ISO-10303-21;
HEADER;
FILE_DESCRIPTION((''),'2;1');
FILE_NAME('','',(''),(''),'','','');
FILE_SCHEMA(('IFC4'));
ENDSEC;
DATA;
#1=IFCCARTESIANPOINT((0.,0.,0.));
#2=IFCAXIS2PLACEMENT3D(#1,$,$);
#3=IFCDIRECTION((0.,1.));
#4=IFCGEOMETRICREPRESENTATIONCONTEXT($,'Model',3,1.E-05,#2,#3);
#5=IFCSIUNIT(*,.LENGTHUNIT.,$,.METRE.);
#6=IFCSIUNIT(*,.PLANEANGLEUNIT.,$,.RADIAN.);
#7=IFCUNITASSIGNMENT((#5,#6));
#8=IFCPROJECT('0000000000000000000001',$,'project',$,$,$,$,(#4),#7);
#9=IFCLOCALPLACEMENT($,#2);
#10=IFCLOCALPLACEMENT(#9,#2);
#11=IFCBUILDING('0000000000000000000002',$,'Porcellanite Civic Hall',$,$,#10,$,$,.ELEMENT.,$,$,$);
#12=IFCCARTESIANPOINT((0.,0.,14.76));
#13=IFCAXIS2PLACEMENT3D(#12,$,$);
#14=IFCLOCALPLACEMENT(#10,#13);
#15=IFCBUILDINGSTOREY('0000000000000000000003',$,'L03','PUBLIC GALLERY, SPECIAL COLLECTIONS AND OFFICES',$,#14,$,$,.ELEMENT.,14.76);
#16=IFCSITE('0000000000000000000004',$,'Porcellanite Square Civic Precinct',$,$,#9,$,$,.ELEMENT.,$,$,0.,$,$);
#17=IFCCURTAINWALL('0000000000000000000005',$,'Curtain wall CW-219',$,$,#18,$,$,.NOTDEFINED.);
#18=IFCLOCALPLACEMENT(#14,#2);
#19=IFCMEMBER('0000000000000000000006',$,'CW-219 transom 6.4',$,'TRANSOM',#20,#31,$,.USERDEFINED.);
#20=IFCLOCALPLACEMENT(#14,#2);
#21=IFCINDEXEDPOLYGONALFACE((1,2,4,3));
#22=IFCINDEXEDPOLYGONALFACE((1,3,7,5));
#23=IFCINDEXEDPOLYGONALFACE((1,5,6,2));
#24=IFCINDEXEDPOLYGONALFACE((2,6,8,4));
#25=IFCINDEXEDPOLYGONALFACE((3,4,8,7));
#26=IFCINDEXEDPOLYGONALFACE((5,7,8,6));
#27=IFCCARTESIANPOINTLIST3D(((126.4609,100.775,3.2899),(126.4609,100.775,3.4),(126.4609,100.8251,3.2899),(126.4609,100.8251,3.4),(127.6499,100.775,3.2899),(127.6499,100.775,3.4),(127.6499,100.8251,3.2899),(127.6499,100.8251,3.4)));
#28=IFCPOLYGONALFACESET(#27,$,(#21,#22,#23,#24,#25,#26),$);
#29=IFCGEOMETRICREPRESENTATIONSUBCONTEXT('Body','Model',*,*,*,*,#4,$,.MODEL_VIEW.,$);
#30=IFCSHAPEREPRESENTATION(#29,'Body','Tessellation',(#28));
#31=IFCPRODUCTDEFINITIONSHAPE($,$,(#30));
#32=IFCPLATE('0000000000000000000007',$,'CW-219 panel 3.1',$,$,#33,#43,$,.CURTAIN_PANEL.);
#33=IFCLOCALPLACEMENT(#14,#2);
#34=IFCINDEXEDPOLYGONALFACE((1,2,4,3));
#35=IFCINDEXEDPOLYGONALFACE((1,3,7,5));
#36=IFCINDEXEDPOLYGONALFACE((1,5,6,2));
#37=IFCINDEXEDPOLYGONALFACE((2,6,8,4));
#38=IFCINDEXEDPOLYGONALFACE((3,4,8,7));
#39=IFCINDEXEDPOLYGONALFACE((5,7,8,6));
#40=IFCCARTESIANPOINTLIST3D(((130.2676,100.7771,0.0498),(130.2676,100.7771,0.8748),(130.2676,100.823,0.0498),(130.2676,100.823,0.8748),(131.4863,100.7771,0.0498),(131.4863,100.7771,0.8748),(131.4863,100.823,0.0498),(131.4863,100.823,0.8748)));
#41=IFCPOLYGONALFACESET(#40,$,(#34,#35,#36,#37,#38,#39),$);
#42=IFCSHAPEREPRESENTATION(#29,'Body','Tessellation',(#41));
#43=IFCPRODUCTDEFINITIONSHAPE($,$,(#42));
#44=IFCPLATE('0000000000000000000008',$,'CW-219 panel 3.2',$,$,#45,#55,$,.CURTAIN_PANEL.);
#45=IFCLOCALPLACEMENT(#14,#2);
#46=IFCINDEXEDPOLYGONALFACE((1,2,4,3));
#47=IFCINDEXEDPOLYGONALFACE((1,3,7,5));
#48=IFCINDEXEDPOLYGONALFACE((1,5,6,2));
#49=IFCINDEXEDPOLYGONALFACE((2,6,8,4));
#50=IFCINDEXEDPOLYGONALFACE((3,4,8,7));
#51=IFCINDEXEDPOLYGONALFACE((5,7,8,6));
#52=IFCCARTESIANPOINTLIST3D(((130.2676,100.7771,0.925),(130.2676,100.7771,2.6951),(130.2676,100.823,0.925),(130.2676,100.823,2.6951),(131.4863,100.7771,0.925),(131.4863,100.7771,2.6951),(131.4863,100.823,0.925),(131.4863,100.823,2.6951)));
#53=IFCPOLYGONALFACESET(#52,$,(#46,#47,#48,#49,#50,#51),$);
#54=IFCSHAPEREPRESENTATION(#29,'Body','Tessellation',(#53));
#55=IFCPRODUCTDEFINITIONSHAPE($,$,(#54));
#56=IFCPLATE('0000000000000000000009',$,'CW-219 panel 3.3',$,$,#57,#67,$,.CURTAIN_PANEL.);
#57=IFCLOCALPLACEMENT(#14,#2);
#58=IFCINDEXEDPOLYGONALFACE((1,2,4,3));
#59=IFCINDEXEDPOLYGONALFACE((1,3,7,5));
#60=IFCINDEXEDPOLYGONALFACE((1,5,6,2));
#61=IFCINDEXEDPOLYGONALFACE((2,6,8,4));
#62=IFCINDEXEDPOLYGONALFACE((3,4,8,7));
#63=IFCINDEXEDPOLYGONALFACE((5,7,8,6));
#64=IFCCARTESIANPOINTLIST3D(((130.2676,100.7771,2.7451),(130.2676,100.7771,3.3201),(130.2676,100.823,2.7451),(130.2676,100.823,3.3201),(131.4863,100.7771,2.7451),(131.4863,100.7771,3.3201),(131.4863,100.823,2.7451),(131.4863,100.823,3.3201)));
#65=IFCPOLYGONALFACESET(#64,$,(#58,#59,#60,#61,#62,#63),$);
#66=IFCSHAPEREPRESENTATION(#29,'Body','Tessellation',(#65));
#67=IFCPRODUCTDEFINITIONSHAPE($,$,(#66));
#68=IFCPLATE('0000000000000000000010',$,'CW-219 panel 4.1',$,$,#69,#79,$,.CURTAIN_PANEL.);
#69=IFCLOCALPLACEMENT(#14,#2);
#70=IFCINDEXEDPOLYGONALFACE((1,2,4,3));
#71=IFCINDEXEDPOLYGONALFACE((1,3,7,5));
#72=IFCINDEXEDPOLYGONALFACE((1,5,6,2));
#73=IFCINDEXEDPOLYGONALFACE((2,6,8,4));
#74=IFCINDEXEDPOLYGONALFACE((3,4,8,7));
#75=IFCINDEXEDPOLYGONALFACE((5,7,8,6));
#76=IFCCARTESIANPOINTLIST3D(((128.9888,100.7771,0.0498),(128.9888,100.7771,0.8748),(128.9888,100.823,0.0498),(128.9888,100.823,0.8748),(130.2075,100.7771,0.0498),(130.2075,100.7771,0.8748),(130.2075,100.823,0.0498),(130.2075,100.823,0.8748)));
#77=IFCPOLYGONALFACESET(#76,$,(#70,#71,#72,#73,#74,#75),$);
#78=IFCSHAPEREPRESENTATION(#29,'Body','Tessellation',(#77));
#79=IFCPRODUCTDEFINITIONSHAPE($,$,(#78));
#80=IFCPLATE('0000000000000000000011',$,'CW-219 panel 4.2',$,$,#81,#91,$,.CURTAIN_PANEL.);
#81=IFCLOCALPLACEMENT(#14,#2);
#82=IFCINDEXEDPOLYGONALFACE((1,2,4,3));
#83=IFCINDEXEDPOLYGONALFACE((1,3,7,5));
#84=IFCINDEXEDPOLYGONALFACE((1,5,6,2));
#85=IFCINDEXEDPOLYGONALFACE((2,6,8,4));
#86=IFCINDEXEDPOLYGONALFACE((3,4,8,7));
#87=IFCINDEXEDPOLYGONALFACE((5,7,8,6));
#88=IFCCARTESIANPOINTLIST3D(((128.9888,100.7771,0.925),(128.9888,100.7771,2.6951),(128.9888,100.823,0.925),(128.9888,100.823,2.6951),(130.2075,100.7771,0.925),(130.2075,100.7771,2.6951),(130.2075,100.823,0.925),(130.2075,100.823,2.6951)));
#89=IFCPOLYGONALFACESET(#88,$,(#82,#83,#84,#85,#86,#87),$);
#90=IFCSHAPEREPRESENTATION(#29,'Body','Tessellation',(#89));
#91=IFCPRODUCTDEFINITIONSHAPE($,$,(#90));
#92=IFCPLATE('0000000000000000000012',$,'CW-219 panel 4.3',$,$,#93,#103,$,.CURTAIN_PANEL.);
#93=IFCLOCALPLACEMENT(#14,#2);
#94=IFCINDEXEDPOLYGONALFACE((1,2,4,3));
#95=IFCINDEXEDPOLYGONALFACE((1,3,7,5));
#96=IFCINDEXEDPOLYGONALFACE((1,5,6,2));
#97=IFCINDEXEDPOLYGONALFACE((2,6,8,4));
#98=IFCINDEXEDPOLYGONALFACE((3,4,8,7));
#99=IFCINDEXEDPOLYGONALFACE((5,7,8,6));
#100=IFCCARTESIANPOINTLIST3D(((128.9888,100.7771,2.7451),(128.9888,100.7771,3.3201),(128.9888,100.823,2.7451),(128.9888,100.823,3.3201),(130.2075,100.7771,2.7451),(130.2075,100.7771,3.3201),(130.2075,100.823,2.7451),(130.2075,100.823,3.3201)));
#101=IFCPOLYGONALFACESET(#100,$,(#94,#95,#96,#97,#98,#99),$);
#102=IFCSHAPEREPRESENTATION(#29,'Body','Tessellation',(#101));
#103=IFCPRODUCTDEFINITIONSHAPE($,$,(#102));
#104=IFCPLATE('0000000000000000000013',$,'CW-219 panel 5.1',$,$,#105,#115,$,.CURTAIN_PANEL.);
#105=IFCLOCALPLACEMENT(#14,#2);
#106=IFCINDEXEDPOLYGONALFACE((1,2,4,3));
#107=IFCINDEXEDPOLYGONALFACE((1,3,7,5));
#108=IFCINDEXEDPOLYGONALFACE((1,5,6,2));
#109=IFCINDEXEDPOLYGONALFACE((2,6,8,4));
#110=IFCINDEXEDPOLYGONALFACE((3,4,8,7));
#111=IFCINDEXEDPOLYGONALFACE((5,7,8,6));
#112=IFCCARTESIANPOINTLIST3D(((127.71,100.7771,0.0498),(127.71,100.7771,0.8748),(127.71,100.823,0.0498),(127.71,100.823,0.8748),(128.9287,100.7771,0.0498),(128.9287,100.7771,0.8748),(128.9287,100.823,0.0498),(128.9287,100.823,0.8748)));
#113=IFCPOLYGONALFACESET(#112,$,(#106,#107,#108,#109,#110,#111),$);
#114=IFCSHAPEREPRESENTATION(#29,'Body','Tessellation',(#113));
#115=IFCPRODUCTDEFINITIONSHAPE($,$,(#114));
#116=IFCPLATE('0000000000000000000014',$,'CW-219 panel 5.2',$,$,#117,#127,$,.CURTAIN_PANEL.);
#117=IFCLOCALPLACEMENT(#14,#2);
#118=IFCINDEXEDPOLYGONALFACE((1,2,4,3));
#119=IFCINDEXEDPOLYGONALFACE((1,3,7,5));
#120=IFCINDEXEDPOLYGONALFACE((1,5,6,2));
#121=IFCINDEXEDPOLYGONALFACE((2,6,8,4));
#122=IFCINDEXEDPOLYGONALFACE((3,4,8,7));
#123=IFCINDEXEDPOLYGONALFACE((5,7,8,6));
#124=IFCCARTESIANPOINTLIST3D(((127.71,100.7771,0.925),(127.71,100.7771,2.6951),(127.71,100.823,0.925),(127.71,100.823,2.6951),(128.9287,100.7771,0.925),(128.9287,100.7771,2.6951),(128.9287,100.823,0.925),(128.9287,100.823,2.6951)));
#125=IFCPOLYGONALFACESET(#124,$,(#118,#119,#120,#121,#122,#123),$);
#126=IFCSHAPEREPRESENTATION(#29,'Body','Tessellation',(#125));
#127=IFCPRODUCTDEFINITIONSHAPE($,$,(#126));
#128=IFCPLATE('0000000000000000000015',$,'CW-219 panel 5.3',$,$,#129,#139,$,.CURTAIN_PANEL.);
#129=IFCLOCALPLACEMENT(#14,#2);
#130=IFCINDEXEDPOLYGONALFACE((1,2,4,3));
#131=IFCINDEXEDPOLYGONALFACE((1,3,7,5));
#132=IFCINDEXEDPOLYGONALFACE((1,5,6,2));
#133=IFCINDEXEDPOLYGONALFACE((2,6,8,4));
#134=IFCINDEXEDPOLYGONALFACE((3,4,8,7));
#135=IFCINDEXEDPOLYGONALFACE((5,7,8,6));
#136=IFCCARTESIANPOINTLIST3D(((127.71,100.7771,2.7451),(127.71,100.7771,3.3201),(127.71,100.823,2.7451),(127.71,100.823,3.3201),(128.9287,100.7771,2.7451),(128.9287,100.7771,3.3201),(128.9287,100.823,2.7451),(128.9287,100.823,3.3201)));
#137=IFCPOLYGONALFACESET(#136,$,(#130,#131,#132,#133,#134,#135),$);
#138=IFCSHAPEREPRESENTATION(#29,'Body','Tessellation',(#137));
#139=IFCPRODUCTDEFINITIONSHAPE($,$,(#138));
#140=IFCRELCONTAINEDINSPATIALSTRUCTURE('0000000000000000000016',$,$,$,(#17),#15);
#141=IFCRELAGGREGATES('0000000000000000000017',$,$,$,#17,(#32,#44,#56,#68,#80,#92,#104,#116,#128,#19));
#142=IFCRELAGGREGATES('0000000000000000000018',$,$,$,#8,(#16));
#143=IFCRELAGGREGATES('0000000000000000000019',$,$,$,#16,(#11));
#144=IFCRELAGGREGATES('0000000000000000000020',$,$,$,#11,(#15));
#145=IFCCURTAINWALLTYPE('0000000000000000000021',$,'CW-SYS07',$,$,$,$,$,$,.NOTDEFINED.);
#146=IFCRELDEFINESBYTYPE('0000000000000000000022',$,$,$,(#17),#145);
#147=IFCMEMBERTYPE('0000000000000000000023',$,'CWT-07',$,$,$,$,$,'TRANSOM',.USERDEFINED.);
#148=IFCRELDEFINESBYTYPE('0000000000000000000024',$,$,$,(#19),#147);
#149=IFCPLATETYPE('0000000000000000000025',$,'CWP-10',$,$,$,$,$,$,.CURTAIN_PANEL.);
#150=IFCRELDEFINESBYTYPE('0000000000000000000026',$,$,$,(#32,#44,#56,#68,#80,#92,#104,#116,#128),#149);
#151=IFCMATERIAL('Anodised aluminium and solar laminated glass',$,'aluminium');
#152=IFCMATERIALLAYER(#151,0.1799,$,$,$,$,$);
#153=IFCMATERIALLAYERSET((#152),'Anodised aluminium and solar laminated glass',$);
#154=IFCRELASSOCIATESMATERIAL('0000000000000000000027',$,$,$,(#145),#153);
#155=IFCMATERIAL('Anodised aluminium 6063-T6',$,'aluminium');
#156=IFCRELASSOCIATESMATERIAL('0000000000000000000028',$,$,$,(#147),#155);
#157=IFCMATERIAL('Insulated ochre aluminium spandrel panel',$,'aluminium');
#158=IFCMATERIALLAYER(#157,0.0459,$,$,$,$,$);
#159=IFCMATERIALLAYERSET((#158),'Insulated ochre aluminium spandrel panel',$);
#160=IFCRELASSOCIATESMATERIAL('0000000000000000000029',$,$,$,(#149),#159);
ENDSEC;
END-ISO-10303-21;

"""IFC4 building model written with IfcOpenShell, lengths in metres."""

from ifc_helpers import new_model, si_unit, direction, frame, origin, origin_2d, place, context, subcontext, project, spatial, rectangle, extrude, material, layer, layer_set, material_profile, profile_set, type_object, element, aggregate, save


model = new_model("IFC4")

# Units and contexts
model_context = context("Model", 3, precision=1e-05, world=origin(), true_north=direction((0.0, 1.0)))
body_context = subcontext(model_context, "Body", "Model", "MODEL_VIEW")
ifc_project = project(units=[si_unit("LENGTHUNIT", "METRE"), si_unit("PLANEANGLEUNIT", "RADIAN")], contexts=[model_context])

# Site, building, storey
site_placement = place(None, origin())
site = spatial("IfcSite", under=ifc_project, at=site_placement, Name="Porcellanite Square Civic Precinct", CompositionType="ELEMENT", RefElevation=0.0)
building_placement = place(site_placement, origin())
building = spatial("IfcBuilding", under=site, at=building_placement, Name="Porcellanite Civic Hall", CompositionType="ELEMENT")
storey_placement = place(building_placement, frame((0.0, 0.0, 14.76)))
storey = spatial("IfcBuildingStorey", under=building, at=storey_placement, Name="L03", Description="PUBLIC GALLERY, SPECIAL COLLECTIONS AND OFFICES", CompositionType="ELEMENT", Elevation=14.76)

# Curtain wall, member, plates
ifc_material_1 = material(Name="Anodised aluminium and solar laminated glass", Category="aluminium")
ifc_layer_1 = layer(ifc_material_1, 0.1799)
ifc_layer_set_1 = layer_set([ifc_layer_1], Name="Anodised aluminium and solar laminated glass")
curtain_wall_type = type_object("IfcCurtainWallType", Name="CW-SYS07", PredefinedType="NOTDEFINED", material=ifc_layer_set_1)
curtain_wall_placement = place(storey_placement, origin())
curtain_wall = element("IfcCurtainWall", 1, at=curtain_wall_placement, inside=storey, type_object=curtain_wall_type, Name="Curtain wall CW-219", PredefinedType="NOTDEFINED")
ifc_material_2 = material(Name="Anodised aluminium 6063-T6", Category="aluminium")
ifc_material_profile_1 = material_profile(ifc_material_2, rectangle(XDim=0.05, YDim=0.1101, at=origin_2d()), Name="AL-50x110")
ifc_profile_set_1 = profile_set([ifc_material_profile_1], Name="Anodised aluminium 6063-T6")
member_type_1 = type_object("IfcMemberType", Name="CWT-07", ElementType="TRANSOM", PredefinedType="USERDEFINED", material=ifc_profile_set_1)
member_1_placement = place(storey_placement, frame((127.6499, 100.8, 3.345), z_axis=(-1.0, 0.0, 0.0), x_axis=(0.0, -1.0, 0.0)))
member_1 = element("IfcMember", 2, at=member_1_placement, type_object=member_type_1, Name="CW-219 transom 6.4", ObjectType="TRANSOM", PredefinedType="USERDEFINED", context=body_context, shape_type="SweptSolid", body=[
    extrude(rectangle(XDim=0.05, YDim=0.1101, at=origin_2d()), origin(), (0.0, 0.0, 1.0), 1.189),
])
ifc_material_3 = material(Name="Insulated ochre aluminium spandrel panel", Category="aluminium")
ifc_layer_2 = layer(ifc_material_3, 0.0459)
ifc_layer_set_2 = layer_set([ifc_layer_2], Name="Insulated ochre aluminium spandrel panel")
plate_type = type_object("IfcPlateType", Name="CWP-10", PredefinedType="CURTAIN_PANEL", material=ifc_layer_set_2)
plate_1_placement = place(storey_placement, frame((130.877, 100.8, 0.0498), z_axis=(0.0, 0.0, 1.0), x_axis=(-1.0, 0.0, 0.0)))
plate_1 = element("IfcPlate", 3, at=plate_1_placement, type_object=plate_type, Name="CW-219 panel 3.1", PredefinedType="CURTAIN_PANEL", context=body_context, shape_type="SweptSolid", body=[
    extrude(rectangle(XDim=1.2188, YDim=0.0459, at=origin_2d()), origin(), (0.0, 0.0, 1.0), 0.825),
])
plate_2_placement = place(storey_placement, frame((130.877, 100.8, 0.925), z_axis=(0.0, 0.0, 1.0), x_axis=(-1.0, 0.0, 0.0)))
plate_2 = element("IfcPlate", 4, at=plate_2_placement, type_object=plate_type, Name="CW-219 panel 3.2", PredefinedType="CURTAIN_PANEL", context=body_context, shape_type="SweptSolid", body=[
    extrude(rectangle(XDim=1.2188, YDim=0.0459, at=origin_2d()), origin(), (0.0, 0.0, 1.0), 1.77),
])
plate_3_placement = place(storey_placement, frame((130.877, 100.8, 2.7451), z_axis=(0.0, 0.0, 1.0), x_axis=(-1.0, 0.0, 0.0)))
plate_3 = element("IfcPlate", 5, at=plate_3_placement, type_object=plate_type, Name="CW-219 panel 3.3", PredefinedType="CURTAIN_PANEL", context=body_context, shape_type="SweptSolid", body=[
    extrude(rectangle(XDim=1.2188, YDim=0.0459, at=origin_2d()), origin(), (0.0, 0.0, 1.0), 0.575),
])
plate_4_placement = place(storey_placement, frame((129.5981, 100.8, 0.0498), z_axis=(0.0, 0.0, 1.0), x_axis=(-1.0, 0.0, 0.0)))
plate_4 = element("IfcPlate", 6, at=plate_4_placement, type_object=plate_type, Name="CW-219 panel 4.1", PredefinedType="CURTAIN_PANEL", context=body_context, shape_type="SweptSolid", body=[
    extrude(rectangle(XDim=1.2188, YDim=0.0459, at=origin_2d()), origin(), (0.0, 0.0, 1.0), 0.825),
])
plate_5_placement = place(storey_placement, frame((129.5981, 100.8, 0.925), z_axis=(0.0, 0.0, 1.0), x_axis=(-1.0, 0.0, 0.0)))
plate_5 = element("IfcPlate", 7, at=plate_5_placement, type_object=plate_type, Name="CW-219 panel 4.2", PredefinedType="CURTAIN_PANEL", context=body_context, shape_type="SweptSolid", body=[
    extrude(rectangle(XDim=1.2188, YDim=0.0459, at=origin_2d()), origin(), (0.0, 0.0, 1.0), 1.77),
])
plate_6_placement = place(storey_placement, frame((129.5981, 100.8, 2.7451), z_axis=(0.0, 0.0, 1.0), x_axis=(-1.0, 0.0, 0.0)))
plate_6 = element("IfcPlate", 8, at=plate_6_placement, type_object=plate_type, Name="CW-219 panel 4.3", PredefinedType="CURTAIN_PANEL", context=body_context, shape_type="SweptSolid", body=[
    extrude(rectangle(XDim=1.2188, YDim=0.0459, at=origin_2d()), origin(), (0.0, 0.0, 1.0), 0.575),
])
plate_7_placement = place(storey_placement, frame((128.3193, 100.8, 0.0498), z_axis=(0.0, 0.0, 1.0), x_axis=(-1.0, 0.0, 0.0)))
plate_7 = element("IfcPlate", 9, at=plate_7_placement, type_object=plate_type, Name="CW-219 panel 5.1", PredefinedType="CURTAIN_PANEL", context=body_context, shape_type="SweptSolid", body=[
    extrude(rectangle(XDim=1.2188, YDim=0.0459, at=origin_2d()), origin(), (0.0, 0.0, 1.0), 0.825),
])
plate_8_placement = place(storey_placement, frame((128.3193, 100.8, 0.925), z_axis=(0.0, 0.0, 1.0), x_axis=(-1.0, 0.0, 0.0)))
plate_8 = element("IfcPlate", 10, at=plate_8_placement, type_object=plate_type, Name="CW-219 panel 5.2", PredefinedType="CURTAIN_PANEL", context=body_context, shape_type="SweptSolid", body=[
    extrude(rectangle(XDim=1.2188, YDim=0.0459, at=origin_2d()), origin(), (0.0, 0.0, 1.0), 1.77),
])
plate_9_placement = place(storey_placement, frame((128.3193, 100.8, 2.7451), z_axis=(0.0, 0.0, 1.0), x_axis=(-1.0, 0.0, 0.0)))
plate_9 = element("IfcPlate", 11, at=plate_9_placement, type_object=plate_type, Name="CW-219 panel 5.3", PredefinedType="CURTAIN_PANEL", context=body_context, shape_type="SweptSolid", body=[
    extrude(rectangle(XDim=1.2188, YDim=0.0459, at=origin_2d()), origin(), (0.0, 0.0, 1.0), 0.575),
])
aggregate(curtain_wall, [plate_1, plate_2, plate_3, plate_4, plate_5, plate_6, plate_7, plate_8, plate_9, member_1])

save(model, "model.ifc")
